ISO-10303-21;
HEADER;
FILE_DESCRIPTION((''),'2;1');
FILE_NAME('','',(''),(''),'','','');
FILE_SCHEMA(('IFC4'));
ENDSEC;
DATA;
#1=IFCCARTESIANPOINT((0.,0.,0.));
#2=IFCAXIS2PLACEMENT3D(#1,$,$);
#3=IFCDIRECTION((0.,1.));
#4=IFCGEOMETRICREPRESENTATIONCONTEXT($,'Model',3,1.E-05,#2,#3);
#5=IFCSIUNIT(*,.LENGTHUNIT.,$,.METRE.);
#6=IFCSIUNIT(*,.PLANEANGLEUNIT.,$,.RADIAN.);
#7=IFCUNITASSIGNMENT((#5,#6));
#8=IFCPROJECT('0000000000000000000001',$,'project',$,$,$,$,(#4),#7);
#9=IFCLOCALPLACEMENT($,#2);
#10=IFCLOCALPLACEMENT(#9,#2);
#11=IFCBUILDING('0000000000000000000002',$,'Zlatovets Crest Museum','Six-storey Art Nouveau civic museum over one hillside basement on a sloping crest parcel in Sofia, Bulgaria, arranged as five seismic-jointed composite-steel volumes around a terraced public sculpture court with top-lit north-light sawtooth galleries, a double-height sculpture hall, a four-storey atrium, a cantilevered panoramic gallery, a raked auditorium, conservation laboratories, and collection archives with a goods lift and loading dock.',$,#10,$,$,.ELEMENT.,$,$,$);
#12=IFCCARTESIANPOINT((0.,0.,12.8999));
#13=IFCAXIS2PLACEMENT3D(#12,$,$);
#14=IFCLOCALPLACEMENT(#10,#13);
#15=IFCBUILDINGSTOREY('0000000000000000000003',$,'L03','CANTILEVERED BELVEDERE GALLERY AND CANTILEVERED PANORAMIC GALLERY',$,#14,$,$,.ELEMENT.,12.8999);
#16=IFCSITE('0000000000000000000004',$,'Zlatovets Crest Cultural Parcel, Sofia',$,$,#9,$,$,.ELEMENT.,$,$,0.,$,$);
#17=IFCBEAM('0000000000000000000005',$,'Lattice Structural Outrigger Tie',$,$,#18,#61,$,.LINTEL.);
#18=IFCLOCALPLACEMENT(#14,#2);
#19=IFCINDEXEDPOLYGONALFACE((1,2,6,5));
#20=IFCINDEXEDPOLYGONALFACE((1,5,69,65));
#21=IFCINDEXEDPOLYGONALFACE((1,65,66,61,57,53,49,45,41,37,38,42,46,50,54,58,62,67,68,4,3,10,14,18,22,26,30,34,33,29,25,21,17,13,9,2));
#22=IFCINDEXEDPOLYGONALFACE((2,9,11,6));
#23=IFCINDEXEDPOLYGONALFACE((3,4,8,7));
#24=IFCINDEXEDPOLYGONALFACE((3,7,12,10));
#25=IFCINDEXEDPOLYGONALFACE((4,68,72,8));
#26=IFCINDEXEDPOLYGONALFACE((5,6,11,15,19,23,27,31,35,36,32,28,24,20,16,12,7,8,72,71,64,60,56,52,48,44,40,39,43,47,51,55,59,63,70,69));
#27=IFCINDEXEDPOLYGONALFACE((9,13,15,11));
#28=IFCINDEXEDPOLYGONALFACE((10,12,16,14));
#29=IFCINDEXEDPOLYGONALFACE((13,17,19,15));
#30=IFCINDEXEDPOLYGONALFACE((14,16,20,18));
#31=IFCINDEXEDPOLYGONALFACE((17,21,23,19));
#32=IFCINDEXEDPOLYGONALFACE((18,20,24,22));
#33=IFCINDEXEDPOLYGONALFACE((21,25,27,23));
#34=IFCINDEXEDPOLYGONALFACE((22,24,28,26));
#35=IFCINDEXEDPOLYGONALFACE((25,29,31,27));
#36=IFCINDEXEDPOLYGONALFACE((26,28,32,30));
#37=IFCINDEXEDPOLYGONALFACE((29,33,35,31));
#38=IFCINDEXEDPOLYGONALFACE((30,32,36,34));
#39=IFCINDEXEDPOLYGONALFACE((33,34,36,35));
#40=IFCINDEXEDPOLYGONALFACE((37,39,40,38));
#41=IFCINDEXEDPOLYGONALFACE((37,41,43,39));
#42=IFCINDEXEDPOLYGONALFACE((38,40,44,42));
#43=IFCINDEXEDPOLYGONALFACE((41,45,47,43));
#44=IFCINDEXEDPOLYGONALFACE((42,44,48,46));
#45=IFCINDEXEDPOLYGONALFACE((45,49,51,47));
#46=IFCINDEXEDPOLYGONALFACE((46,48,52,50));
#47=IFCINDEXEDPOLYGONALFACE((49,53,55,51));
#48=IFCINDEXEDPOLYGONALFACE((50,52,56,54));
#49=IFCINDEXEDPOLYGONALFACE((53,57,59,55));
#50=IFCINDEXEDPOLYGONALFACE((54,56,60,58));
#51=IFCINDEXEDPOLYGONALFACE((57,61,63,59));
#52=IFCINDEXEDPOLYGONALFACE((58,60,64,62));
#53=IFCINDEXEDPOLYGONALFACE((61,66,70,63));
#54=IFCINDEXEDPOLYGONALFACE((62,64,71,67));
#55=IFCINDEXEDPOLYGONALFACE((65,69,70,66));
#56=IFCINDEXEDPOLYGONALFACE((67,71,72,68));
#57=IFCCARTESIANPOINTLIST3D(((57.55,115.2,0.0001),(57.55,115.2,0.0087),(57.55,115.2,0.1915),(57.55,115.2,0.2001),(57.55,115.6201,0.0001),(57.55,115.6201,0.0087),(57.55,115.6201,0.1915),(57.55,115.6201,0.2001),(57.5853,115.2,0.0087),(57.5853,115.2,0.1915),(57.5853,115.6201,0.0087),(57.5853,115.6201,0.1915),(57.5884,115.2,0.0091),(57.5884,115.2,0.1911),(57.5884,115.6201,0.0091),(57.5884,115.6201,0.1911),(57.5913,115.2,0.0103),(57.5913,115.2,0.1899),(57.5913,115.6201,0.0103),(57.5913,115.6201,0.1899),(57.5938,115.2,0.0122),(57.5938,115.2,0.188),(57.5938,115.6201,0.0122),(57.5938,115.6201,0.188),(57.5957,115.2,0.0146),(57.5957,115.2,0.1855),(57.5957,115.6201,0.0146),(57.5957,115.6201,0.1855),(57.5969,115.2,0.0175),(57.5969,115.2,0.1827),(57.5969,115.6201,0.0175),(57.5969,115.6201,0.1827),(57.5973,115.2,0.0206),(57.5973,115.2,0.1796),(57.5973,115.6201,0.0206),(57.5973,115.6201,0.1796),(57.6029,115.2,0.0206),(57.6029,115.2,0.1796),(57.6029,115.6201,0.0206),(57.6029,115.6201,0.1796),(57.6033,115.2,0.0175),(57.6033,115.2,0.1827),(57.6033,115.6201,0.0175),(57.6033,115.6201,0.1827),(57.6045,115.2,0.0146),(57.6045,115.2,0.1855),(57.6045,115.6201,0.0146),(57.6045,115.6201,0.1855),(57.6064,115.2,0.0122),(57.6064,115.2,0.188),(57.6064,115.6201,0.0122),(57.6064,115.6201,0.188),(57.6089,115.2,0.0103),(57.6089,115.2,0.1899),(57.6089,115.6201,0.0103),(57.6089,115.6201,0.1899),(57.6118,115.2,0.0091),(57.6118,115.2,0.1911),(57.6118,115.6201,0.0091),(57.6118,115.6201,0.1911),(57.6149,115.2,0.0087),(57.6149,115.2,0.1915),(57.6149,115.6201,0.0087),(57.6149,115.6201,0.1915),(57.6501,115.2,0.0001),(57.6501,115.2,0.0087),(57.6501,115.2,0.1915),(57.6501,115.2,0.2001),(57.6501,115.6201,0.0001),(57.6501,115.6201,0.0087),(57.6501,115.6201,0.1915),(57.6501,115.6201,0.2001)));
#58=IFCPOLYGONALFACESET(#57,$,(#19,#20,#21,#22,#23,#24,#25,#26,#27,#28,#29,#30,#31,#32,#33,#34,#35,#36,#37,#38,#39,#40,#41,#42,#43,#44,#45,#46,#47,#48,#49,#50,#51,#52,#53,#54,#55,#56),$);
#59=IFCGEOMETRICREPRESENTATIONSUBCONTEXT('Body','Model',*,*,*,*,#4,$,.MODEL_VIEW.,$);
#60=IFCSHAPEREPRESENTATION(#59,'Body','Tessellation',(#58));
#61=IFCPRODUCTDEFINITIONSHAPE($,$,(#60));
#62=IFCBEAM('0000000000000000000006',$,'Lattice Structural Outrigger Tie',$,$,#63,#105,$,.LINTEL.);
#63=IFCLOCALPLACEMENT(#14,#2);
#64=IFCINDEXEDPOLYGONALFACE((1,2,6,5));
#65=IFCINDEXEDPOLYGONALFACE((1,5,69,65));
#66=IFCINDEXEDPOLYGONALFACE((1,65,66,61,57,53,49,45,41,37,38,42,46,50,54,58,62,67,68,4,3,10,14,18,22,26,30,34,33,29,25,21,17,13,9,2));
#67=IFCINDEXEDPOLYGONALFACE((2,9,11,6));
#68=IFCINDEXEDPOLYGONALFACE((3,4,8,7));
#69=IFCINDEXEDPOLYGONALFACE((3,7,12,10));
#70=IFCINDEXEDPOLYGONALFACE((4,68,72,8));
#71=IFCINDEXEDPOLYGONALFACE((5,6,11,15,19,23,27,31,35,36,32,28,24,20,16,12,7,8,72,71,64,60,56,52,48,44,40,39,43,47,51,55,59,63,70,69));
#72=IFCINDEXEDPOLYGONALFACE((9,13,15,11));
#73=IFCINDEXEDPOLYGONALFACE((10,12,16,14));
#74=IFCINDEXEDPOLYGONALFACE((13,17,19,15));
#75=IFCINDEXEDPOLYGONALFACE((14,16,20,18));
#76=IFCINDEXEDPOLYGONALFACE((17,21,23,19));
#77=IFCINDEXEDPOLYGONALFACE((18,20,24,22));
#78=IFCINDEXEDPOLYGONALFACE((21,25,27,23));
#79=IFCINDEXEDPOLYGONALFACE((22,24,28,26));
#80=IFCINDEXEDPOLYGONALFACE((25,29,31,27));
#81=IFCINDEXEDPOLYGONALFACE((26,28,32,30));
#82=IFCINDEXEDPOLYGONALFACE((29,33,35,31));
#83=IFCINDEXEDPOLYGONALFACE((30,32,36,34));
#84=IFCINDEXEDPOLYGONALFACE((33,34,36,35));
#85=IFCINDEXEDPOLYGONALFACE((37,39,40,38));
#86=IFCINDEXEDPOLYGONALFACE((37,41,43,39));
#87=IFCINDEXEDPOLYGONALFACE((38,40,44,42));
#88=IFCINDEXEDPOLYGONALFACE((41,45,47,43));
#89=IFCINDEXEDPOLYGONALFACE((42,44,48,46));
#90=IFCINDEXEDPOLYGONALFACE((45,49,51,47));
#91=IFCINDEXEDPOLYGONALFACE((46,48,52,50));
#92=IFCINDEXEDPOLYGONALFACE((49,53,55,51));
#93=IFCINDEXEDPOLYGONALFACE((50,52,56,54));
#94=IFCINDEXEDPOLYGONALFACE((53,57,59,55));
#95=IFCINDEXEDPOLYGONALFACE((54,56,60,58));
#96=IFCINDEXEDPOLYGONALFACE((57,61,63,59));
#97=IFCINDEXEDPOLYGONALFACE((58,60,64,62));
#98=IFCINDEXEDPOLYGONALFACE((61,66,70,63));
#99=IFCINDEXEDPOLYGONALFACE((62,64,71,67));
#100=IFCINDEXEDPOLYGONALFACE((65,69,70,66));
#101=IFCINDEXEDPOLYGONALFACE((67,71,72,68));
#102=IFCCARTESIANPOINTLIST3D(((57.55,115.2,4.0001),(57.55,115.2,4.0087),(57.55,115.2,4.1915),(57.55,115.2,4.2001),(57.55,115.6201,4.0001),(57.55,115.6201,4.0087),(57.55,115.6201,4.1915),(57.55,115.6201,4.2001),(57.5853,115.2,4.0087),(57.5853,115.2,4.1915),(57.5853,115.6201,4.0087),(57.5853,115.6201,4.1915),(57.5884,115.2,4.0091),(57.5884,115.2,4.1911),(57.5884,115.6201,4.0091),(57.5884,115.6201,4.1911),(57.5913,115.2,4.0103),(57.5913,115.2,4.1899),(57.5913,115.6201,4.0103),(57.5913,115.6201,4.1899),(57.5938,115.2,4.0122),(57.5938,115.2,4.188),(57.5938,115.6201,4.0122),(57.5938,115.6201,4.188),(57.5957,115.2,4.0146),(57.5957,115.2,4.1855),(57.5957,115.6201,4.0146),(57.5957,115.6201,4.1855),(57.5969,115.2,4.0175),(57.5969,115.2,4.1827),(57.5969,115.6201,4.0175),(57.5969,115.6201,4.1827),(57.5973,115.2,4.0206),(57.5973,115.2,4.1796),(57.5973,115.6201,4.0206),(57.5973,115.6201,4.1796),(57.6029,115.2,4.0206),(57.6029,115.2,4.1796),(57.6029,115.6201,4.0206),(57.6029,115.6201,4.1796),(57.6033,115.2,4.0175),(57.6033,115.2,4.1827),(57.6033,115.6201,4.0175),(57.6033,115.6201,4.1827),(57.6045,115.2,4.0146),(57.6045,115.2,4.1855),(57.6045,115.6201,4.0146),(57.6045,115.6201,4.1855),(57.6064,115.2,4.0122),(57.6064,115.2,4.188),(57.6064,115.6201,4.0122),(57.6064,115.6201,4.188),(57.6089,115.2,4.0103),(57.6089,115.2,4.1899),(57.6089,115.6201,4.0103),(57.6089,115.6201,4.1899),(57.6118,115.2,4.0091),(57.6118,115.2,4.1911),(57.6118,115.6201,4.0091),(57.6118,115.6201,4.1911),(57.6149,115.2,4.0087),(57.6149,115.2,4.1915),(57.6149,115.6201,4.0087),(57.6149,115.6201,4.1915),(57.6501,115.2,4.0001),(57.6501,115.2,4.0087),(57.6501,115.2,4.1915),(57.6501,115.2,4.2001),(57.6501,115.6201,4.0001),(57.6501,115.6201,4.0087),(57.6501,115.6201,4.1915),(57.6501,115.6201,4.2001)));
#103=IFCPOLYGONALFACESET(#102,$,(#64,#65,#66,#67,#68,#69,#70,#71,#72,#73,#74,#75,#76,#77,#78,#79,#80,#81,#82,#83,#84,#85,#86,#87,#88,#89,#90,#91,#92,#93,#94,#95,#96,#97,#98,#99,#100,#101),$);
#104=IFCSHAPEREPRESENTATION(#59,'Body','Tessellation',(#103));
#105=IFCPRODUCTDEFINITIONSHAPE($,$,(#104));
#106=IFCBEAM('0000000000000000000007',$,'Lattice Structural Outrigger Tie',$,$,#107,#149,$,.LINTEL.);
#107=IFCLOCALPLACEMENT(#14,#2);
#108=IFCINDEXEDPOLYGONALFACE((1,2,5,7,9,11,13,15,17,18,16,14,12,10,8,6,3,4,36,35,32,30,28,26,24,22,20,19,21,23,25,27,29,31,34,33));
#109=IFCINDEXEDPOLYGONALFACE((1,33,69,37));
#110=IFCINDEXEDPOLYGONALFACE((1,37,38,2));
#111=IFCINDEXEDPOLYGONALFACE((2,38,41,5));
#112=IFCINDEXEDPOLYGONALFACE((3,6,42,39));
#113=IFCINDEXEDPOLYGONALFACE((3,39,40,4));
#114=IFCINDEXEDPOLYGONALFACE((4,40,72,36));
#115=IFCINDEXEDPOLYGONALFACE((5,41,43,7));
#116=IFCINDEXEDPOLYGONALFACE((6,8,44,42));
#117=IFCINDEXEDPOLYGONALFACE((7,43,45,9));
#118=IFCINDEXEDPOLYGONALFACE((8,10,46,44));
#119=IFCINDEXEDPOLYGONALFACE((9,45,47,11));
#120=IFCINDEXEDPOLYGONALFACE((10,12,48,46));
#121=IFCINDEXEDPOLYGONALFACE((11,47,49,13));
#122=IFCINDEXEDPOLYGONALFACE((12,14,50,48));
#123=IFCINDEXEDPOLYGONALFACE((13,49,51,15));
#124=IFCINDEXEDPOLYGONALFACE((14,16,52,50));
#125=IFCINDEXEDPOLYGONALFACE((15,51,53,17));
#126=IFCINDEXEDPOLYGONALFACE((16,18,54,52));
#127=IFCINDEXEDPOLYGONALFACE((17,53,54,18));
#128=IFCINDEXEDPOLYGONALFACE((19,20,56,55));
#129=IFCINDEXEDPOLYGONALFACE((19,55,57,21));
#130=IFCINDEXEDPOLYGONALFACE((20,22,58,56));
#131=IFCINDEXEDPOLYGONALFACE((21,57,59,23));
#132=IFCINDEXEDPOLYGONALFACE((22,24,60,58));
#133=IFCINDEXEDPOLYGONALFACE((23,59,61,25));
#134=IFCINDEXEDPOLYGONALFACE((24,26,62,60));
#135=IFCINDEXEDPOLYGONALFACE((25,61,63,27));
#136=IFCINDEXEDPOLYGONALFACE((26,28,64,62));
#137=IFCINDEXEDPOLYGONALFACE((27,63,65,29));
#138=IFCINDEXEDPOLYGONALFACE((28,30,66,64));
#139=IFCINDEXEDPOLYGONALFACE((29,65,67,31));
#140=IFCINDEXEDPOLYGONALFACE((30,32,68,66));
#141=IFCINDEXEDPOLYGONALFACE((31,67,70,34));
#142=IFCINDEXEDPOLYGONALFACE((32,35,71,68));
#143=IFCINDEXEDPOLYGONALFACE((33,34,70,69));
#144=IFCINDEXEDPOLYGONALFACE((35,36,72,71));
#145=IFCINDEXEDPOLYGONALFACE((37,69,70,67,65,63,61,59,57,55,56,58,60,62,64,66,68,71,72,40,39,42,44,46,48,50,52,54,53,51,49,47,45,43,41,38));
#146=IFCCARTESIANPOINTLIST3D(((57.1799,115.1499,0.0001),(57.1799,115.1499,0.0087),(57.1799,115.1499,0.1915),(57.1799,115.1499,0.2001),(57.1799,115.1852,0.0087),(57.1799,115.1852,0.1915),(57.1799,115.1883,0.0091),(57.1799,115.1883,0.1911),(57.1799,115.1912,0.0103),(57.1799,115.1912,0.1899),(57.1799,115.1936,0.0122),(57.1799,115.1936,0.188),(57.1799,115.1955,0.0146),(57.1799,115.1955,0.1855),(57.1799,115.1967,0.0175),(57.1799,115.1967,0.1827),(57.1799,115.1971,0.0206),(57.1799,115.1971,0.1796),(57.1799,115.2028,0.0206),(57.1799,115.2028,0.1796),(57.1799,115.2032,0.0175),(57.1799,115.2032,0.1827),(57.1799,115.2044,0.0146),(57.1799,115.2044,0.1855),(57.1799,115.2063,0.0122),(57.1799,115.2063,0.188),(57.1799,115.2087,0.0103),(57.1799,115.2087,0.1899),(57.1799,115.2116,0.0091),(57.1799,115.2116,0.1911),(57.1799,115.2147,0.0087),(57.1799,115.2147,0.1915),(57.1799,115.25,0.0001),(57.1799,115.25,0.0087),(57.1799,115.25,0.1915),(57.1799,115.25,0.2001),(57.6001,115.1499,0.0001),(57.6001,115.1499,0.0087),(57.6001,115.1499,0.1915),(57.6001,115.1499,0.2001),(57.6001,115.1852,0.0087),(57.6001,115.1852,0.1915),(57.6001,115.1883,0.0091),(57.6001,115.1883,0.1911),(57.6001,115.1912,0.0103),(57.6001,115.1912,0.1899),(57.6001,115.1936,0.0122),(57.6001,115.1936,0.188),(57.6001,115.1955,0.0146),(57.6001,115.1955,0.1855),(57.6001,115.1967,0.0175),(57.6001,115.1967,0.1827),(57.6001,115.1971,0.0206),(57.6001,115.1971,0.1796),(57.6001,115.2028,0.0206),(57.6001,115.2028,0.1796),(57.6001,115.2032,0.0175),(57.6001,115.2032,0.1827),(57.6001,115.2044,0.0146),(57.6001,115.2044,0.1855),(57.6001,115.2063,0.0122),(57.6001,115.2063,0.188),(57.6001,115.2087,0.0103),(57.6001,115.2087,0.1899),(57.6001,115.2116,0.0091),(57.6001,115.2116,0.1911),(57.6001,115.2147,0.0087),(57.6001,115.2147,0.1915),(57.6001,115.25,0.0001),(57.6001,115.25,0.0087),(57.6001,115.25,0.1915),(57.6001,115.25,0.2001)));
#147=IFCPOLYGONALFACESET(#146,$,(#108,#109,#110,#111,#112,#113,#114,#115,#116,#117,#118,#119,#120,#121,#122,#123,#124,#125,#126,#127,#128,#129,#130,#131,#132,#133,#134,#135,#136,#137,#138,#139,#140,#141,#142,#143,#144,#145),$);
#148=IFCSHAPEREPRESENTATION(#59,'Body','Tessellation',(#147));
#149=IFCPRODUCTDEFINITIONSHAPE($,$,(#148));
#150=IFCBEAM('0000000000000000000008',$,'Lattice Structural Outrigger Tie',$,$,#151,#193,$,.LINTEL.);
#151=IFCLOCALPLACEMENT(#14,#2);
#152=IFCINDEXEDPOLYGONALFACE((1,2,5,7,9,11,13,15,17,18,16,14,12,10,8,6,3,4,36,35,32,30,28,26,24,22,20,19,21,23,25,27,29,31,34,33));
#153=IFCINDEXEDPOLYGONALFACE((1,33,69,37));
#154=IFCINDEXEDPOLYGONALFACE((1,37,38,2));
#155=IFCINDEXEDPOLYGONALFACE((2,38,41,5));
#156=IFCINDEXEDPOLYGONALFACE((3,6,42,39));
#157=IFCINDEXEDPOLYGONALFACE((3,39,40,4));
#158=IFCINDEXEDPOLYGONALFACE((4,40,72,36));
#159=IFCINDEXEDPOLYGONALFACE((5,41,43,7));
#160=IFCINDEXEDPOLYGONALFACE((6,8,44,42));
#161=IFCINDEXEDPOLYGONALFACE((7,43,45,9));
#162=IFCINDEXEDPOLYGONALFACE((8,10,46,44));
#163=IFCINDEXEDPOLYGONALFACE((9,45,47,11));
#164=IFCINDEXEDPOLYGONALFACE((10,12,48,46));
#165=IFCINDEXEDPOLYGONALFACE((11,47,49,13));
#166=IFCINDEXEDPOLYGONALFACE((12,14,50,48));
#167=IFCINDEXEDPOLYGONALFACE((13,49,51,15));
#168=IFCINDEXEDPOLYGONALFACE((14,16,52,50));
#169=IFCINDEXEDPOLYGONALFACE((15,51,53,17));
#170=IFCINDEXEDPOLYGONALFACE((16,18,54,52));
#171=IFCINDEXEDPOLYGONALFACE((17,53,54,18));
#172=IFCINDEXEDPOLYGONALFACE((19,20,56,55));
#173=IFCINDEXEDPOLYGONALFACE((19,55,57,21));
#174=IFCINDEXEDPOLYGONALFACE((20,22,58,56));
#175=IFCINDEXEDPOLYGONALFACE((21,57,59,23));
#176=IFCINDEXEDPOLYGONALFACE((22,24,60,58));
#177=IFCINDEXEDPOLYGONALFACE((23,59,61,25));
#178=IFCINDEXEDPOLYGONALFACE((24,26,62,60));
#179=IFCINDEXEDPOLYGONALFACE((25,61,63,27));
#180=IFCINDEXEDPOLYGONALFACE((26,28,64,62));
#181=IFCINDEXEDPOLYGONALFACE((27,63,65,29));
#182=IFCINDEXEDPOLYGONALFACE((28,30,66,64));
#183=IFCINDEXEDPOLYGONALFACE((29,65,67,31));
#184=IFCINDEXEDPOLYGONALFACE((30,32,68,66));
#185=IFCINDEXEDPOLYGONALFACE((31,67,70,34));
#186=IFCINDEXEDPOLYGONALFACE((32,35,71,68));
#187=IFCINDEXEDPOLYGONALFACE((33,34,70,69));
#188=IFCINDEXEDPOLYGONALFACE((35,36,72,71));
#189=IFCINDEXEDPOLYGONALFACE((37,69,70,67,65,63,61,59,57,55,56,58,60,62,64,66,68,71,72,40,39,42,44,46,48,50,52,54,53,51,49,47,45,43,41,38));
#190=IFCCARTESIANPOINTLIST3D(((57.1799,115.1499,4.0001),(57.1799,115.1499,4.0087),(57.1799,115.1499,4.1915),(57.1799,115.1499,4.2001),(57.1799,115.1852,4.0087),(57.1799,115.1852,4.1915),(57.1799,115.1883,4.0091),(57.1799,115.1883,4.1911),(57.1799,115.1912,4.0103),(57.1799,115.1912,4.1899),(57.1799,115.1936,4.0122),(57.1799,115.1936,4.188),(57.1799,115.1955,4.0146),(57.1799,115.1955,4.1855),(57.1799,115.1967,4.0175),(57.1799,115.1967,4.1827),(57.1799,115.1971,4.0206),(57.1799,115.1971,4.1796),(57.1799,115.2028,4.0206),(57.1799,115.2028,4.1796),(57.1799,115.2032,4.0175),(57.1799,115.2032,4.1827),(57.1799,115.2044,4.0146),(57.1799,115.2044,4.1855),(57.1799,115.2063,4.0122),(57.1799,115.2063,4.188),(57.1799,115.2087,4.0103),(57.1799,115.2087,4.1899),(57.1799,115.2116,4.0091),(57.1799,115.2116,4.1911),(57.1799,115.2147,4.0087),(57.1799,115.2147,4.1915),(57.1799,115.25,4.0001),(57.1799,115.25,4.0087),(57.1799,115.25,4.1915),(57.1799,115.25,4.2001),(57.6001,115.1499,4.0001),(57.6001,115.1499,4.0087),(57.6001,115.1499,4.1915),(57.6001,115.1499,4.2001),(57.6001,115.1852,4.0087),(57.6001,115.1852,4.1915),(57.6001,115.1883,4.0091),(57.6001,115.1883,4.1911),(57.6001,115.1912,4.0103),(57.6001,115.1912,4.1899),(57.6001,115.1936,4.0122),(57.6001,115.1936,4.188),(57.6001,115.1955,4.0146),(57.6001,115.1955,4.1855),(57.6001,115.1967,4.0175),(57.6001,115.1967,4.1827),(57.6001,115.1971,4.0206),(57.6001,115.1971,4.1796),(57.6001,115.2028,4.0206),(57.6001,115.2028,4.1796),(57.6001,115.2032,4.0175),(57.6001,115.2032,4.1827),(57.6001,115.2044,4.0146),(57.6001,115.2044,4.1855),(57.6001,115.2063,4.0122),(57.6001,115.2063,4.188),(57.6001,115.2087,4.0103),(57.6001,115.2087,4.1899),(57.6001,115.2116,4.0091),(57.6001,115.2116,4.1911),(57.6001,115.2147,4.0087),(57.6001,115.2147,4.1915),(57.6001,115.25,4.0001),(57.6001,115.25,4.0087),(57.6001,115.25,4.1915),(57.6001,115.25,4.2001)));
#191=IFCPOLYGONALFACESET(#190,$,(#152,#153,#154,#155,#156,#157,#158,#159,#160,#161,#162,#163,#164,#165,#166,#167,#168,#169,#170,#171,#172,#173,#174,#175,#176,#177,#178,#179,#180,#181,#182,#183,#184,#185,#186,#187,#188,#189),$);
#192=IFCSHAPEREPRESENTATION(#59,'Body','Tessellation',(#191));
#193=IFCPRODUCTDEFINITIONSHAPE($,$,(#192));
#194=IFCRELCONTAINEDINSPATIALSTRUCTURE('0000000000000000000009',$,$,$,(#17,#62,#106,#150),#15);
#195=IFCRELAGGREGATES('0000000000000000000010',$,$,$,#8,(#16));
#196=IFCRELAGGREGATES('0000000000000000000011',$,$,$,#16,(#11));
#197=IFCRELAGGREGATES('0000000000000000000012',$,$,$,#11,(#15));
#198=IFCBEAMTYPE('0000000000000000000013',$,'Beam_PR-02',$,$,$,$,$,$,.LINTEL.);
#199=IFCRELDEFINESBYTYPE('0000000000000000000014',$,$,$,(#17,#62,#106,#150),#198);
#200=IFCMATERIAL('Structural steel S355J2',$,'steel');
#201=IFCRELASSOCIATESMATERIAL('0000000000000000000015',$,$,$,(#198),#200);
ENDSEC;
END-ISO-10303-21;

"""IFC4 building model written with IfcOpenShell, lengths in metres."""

from ifc_helpers import new_model, si_unit, direction, frame, origin, origin_2d, place, context, subcontext, project, spatial, i_section, extrude, material, material_profile, profile_set, type_object, element, save


model = new_model("IFC4")

# Units and contexts
model_context = context("Model", 3, precision=1e-05, world=origin(), true_north=direction((0.0, 1.0)))
body_context = subcontext(model_context, "Body", "Model", "MODEL_VIEW")
ifc_project = project(units=[si_unit("LENGTHUNIT", "METRE"), si_unit("PLANEANGLEUNIT", "RADIAN")], contexts=[model_context])

# Site, building, storey
site_placement = place(None, origin())
site = spatial("IfcSite", under=ifc_project, at=site_placement, Name="Zlatovets Crest Cultural Parcel, Sofia", CompositionType="ELEMENT", RefElevation=0.0)
building_placement = place(site_placement, origin())
building = spatial("IfcBuilding", under=site, at=building_placement, Name="Zlatovets Crest Museum", Description="Six-storey Art Nouveau civic museum over one hillside basement on a sloping crest parcel in Sofia, Bulgaria, arranged as five seismic-jointed composite-steel volumes around a terraced public sculpture court with top-lit north-light sawtooth galleries, a double-height sculpture hall, a four-storey atrium, a cantilevered panoramic gallery, a raked auditorium, conservation laboratories, and collection archives with a goods lift and loading dock.", CompositionType="ELEMENT")
storey_placement = place(building_placement, frame((0.0, 0.0, 12.8999)))
storey = spatial("IfcBuildingStorey", under=building, at=storey_placement, Name="L03", Description="CANTILEVERED BELVEDERE GALLERY AND CANTILEVERED PANORAMIC GALLERY", CompositionType="ELEMENT", Elevation=12.8999)

# Shared definitions
ifc_material_1 = material(Name="Structural steel S355J2", Category="steel")

# Beams
ifc_material_profile_1 = material_profile(ifc_material_1, i_section(OverallWidth=0.1001, OverallDepth=0.2, WebThickness=0.0056, FlangeThickness=0.0085, FilletRadius=0.012, at=origin_2d()), Name="IPE 200")
ifc_profile_set_1 = profile_set([ifc_material_profile_1], Name="Structural steel S355J2")
beam_type_1 = type_object("IfcBeamType", Name="Beam_PR-02", PredefinedType="LINTEL", material=ifc_profile_set_1)
for number, where, z_axis, x_axis, name in (
    (1, (57.6001, 115.2, 0.1001), (0.0, 1.0, 0.0), (-1.0, 0.0, 0.0), "Lattice Structural Outrigger Tie"),
    (2, (57.6001, 115.2, 4.1001), (0.0, 1.0, 0.0), (-1.0, 0.0, 0.0), "Lattice Structural Outrigger Tie"),
    (3, (57.6001, 115.2, 0.1001), (-1.0, 0.0, 0.0), (0.0, -1.0, 0.0), "Lattice Structural Outrigger Tie"),
    (4, (57.6001, 115.2, 4.1001), (-1.0, 0.0, 0.0), (0.0, -1.0, 0.0), "Lattice Structural Outrigger Tie"),
):
    element("IfcBeam", number, at=place(storey_placement, frame(where, z_axis=z_axis, x_axis=x_axis)), inside=storey, type_object=beam_type_1, Name=name, PredefinedType="LINTEL", context=body_context, shape_type="SweptSolid", body=[
        extrude(i_section(OverallWidth=0.1001, OverallDepth=0.2, WebThickness=0.0056, FlangeThickness=0.0085, FilletRadius=0.012, at=origin_2d()), origin(), (0.0, 0.0, 1.0), 0.4202),
    ])

save(model, "model.ifc")
